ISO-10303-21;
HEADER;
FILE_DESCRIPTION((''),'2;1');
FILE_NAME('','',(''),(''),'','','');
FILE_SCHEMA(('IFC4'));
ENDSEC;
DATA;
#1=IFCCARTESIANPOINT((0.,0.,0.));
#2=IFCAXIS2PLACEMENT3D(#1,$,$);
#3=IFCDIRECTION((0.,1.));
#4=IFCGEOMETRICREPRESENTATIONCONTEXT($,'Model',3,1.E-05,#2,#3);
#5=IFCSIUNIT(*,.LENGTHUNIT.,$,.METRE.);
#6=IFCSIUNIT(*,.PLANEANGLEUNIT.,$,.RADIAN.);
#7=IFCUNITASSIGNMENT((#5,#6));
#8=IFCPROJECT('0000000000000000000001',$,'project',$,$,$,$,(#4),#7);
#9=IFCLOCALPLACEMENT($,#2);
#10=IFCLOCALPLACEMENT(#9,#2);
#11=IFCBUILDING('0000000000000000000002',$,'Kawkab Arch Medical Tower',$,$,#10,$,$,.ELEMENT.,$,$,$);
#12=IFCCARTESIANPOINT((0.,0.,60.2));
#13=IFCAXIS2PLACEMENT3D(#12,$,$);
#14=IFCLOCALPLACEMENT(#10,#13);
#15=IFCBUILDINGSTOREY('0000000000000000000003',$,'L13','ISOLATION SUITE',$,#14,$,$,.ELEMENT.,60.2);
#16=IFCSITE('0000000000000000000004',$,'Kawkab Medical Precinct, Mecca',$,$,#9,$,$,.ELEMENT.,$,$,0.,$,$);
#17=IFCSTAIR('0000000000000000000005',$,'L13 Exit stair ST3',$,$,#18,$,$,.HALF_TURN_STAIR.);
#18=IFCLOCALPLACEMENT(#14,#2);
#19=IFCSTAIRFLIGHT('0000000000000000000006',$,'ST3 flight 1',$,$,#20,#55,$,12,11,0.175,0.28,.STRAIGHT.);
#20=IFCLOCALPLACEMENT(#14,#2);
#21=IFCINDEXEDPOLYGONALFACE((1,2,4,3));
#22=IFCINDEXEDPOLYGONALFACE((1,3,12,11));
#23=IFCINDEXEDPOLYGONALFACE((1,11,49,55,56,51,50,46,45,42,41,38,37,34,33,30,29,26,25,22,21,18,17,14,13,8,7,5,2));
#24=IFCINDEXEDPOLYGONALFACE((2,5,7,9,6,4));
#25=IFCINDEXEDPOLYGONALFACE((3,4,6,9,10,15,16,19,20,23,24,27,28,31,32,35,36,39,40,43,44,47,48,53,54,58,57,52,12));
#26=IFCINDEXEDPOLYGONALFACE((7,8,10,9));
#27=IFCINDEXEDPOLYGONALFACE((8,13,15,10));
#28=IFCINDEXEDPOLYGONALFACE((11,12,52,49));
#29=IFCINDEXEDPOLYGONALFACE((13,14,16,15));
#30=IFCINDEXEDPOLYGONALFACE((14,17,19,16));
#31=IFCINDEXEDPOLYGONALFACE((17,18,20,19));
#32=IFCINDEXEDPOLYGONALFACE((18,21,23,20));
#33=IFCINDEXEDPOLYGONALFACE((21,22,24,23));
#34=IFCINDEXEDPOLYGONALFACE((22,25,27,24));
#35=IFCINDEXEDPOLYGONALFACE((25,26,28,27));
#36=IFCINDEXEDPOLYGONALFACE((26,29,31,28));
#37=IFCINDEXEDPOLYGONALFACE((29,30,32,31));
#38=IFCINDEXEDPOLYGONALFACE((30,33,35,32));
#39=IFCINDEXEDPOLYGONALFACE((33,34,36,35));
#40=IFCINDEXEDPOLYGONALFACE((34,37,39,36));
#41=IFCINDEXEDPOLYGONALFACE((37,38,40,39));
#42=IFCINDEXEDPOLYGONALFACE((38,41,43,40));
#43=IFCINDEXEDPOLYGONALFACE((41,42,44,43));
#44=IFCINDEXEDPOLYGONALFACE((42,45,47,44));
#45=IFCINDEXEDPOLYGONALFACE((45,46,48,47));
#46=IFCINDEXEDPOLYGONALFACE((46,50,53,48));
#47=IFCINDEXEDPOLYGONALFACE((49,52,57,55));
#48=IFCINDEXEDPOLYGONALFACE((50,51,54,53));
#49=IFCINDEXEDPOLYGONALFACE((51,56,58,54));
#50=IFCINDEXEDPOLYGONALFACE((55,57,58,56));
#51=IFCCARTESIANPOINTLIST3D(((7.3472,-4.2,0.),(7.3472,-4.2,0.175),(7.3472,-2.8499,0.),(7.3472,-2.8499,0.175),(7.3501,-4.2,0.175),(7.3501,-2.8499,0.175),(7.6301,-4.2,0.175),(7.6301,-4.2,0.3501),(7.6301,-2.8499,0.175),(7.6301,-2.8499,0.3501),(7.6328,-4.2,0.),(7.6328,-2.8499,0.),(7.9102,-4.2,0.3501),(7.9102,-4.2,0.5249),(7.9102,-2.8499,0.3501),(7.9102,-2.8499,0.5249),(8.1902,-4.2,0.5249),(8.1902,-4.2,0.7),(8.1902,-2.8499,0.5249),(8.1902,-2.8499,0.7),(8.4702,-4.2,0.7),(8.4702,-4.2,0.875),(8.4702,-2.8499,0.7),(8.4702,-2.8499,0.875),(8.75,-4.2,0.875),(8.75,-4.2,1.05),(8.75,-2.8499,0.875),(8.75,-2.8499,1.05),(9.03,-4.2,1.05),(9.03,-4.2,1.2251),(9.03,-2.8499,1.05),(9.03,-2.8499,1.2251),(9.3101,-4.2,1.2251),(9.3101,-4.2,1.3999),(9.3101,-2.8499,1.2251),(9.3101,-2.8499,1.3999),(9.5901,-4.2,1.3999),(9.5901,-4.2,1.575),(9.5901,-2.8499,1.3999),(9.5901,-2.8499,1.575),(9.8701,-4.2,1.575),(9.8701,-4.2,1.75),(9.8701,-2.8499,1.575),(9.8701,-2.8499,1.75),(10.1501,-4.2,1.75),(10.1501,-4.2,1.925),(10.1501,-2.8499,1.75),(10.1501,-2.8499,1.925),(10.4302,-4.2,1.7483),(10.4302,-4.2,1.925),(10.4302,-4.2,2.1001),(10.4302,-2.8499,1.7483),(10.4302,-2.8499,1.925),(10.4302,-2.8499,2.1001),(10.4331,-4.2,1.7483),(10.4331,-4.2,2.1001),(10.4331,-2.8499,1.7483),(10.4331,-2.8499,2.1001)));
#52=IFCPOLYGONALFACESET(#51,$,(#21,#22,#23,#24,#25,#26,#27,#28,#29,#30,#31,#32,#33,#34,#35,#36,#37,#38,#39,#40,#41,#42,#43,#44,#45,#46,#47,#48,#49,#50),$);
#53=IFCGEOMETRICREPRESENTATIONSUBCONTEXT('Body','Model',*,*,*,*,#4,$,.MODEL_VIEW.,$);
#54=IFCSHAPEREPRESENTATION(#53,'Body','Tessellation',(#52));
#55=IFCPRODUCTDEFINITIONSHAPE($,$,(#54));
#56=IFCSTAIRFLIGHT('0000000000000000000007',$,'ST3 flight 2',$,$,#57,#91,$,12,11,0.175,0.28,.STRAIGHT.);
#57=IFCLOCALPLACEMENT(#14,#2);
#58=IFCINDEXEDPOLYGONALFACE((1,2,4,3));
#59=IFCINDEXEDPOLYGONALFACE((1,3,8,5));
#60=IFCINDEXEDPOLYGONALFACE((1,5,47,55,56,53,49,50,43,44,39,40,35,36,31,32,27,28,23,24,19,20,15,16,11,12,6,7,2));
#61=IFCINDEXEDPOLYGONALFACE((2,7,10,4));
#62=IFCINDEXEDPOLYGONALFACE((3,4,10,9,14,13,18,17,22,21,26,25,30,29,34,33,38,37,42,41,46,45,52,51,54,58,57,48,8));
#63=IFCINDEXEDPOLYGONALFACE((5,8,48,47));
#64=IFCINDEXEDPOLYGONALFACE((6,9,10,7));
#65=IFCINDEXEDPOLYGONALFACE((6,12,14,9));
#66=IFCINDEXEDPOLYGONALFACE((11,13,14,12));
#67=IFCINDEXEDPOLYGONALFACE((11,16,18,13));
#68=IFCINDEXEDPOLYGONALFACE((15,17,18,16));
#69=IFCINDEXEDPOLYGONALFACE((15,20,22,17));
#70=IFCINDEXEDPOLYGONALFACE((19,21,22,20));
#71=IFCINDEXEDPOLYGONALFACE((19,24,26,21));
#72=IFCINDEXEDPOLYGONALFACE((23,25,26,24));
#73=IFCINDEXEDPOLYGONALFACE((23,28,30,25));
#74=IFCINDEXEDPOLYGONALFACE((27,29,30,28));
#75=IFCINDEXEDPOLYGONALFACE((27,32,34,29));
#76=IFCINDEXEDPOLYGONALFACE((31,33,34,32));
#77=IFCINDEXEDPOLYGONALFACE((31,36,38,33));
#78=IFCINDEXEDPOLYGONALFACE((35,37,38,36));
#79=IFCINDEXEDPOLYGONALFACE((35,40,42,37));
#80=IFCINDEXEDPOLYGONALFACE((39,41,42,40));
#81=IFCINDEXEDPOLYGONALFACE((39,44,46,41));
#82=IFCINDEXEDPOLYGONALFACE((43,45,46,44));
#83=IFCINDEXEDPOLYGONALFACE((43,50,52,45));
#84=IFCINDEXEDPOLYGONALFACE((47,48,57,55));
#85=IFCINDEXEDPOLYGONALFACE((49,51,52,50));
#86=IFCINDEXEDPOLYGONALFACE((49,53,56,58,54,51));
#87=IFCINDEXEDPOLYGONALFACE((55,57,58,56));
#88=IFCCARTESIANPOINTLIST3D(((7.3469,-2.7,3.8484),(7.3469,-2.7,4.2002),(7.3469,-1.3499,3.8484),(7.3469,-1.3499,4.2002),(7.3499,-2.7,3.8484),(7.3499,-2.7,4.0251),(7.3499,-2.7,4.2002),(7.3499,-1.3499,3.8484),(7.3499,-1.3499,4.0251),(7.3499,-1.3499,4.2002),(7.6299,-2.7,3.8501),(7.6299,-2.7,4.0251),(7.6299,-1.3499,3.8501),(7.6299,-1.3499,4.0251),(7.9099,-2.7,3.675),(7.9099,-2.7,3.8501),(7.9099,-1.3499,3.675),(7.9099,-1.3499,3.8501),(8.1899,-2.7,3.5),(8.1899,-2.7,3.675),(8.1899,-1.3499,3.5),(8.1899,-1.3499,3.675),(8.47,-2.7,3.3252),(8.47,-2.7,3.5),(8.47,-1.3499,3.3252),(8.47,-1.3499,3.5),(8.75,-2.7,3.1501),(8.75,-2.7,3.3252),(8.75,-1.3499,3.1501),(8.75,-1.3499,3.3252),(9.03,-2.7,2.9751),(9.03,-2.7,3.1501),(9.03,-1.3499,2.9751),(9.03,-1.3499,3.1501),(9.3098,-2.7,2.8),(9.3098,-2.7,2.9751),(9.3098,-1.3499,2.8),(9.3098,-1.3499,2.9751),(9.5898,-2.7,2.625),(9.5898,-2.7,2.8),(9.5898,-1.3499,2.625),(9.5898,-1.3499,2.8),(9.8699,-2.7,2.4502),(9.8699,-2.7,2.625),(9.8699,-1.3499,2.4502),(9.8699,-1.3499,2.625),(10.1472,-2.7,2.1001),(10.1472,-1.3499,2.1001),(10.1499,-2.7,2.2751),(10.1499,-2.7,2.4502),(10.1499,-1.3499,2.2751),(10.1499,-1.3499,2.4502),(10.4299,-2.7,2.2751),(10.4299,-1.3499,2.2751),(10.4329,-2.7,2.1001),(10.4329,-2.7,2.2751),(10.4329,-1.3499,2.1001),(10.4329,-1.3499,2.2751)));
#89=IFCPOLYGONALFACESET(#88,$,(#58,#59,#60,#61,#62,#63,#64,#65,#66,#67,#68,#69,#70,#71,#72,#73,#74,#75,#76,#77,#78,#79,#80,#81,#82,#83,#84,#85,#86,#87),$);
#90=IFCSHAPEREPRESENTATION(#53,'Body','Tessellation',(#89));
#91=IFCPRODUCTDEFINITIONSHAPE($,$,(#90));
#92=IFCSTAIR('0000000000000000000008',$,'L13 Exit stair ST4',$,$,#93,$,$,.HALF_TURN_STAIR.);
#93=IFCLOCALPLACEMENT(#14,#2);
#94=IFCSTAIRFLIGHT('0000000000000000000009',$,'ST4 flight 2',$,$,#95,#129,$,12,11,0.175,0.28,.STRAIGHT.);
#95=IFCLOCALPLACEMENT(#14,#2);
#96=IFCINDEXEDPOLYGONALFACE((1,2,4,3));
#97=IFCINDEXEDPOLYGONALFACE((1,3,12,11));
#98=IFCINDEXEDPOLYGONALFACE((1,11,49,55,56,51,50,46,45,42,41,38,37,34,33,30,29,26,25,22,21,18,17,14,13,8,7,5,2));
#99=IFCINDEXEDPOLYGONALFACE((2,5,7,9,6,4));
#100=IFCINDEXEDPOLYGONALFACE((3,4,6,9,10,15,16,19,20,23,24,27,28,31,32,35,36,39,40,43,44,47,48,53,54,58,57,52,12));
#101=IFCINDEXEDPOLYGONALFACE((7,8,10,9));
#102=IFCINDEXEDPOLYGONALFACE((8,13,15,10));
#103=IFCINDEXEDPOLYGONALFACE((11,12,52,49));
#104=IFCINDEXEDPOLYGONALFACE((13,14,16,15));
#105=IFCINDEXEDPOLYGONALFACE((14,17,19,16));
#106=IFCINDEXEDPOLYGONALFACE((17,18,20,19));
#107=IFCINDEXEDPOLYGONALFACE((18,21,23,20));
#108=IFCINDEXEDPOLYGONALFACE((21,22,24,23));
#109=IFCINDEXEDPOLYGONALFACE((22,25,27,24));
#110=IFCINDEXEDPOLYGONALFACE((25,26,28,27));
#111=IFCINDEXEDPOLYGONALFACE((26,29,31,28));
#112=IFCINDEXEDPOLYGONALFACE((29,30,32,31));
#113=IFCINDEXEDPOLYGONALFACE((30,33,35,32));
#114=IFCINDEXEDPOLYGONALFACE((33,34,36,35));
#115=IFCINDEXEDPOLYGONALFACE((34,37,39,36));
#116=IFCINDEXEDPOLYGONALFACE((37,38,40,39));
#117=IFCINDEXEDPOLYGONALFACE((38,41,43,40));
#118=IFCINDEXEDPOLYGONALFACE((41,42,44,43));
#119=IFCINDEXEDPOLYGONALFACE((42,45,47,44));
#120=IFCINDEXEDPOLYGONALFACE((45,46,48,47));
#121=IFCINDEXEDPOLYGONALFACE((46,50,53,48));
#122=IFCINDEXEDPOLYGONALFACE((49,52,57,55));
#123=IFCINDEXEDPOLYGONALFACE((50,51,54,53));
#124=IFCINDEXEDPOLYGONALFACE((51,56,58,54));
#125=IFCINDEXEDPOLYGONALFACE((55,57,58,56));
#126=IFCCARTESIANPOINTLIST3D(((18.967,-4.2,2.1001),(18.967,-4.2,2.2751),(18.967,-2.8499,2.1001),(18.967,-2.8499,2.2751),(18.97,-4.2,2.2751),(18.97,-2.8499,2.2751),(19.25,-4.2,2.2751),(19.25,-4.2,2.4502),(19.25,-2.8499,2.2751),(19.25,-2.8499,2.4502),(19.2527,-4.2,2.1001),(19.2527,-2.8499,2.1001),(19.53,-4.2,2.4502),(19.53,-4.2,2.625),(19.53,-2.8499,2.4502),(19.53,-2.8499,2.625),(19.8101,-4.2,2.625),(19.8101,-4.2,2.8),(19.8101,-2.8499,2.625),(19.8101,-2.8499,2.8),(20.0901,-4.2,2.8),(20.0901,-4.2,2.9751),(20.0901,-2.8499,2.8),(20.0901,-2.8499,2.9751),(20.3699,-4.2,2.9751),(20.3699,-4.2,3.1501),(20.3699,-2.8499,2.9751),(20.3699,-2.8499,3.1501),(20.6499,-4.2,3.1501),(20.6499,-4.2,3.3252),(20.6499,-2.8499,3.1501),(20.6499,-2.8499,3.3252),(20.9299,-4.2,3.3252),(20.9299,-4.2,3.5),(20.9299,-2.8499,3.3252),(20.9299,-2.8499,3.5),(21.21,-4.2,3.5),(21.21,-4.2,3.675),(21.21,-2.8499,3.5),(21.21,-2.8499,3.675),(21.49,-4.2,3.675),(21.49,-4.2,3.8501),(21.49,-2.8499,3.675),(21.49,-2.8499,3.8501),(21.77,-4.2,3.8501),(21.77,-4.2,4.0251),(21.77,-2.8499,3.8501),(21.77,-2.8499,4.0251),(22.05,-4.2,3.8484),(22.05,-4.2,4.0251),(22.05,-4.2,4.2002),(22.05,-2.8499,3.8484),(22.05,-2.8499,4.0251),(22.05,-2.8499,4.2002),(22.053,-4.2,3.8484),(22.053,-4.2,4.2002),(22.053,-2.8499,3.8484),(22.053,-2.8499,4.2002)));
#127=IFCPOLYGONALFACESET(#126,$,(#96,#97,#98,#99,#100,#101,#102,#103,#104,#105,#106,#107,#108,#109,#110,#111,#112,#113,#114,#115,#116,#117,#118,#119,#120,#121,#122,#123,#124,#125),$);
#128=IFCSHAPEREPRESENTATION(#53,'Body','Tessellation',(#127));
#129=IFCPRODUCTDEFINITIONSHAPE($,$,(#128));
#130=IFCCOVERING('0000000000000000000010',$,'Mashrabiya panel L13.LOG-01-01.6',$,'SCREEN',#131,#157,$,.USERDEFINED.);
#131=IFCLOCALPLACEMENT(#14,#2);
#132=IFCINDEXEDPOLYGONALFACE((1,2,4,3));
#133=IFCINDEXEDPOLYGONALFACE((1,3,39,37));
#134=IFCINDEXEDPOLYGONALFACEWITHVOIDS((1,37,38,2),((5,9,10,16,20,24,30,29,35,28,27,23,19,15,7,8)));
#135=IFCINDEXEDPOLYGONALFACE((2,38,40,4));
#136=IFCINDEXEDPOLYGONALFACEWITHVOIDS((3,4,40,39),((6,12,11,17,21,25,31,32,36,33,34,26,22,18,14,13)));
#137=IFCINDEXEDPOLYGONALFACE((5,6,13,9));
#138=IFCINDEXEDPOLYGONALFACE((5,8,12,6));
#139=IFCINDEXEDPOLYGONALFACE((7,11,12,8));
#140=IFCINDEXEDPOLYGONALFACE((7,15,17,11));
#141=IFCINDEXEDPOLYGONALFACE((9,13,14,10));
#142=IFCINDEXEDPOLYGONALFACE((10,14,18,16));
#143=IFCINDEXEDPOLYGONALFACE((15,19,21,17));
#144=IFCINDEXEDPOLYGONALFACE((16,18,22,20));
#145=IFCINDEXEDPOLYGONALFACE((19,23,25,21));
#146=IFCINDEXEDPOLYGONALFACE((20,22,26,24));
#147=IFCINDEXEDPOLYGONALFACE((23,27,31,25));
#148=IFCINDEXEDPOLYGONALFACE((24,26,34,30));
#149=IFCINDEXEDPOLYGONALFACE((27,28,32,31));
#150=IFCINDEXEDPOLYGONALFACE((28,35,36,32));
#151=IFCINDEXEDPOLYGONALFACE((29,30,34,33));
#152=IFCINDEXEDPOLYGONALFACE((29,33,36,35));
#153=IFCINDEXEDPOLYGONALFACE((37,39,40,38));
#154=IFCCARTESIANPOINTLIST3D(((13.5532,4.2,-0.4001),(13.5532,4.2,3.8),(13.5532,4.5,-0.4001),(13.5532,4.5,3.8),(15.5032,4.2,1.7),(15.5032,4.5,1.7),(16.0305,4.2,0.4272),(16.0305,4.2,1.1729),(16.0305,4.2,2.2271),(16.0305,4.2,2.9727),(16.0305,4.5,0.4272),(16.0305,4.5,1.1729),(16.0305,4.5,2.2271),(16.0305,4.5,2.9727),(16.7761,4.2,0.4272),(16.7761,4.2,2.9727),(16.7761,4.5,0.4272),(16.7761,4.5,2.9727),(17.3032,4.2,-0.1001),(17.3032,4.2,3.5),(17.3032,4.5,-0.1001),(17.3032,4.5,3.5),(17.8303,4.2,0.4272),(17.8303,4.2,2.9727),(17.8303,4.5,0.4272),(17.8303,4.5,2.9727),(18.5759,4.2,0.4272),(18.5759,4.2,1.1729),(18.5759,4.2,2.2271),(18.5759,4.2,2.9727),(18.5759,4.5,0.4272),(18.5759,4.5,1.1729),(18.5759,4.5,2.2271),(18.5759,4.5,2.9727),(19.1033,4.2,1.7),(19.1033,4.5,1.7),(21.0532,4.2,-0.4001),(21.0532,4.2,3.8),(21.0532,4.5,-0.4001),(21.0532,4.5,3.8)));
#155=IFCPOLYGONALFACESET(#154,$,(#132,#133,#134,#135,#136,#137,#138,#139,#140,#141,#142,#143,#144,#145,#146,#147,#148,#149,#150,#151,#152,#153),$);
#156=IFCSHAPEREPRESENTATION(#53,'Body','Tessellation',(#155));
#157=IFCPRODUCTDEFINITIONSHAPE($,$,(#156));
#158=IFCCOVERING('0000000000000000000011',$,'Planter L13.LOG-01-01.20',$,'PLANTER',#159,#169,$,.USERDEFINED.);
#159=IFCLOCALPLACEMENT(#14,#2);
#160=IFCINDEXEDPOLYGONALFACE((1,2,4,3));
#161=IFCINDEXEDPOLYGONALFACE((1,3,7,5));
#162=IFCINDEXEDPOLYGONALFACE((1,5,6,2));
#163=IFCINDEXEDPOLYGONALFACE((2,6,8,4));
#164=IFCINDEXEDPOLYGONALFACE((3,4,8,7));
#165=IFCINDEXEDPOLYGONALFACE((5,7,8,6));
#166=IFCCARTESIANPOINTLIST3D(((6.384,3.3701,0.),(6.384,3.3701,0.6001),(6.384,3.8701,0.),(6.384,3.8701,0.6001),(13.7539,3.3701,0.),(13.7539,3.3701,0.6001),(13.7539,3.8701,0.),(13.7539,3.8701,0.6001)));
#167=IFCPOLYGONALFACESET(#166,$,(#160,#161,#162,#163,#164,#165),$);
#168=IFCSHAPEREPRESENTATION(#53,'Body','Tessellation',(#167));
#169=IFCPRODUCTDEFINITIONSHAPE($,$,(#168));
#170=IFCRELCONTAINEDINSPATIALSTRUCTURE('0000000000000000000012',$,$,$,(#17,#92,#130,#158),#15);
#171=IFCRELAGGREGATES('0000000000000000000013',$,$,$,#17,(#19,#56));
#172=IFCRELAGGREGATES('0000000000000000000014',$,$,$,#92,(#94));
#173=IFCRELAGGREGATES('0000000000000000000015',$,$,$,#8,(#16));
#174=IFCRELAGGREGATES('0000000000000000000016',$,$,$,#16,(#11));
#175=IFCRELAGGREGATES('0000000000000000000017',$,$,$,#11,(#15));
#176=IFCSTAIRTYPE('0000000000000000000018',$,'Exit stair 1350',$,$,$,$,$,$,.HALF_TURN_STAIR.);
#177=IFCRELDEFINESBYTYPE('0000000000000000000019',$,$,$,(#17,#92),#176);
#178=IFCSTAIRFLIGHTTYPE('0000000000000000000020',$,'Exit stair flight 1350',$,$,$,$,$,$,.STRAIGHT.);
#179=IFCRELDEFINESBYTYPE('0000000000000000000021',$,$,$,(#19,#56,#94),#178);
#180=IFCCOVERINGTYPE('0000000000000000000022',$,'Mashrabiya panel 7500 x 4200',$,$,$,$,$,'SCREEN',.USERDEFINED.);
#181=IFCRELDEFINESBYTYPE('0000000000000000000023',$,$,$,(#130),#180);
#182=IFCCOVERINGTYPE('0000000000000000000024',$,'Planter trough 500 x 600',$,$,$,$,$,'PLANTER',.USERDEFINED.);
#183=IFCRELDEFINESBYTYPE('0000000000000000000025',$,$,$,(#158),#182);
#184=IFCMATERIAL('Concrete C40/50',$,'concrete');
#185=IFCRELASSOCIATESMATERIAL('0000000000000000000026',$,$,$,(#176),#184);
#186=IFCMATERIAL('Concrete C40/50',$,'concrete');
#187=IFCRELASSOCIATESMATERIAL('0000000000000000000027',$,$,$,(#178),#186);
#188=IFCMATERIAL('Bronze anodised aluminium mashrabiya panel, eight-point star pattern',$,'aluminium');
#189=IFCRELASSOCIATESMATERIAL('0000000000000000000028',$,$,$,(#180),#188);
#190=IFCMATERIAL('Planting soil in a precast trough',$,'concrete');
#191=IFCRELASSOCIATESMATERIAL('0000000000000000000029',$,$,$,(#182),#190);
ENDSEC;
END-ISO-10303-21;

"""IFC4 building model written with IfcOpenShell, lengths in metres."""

from ifc_helpers import new_model, si_unit, direction, frame, origin, origin_2d, place, context, subcontext, project, spatial, polyline, rectangle, outline, extrude, material, material_profile, profile_set, type_object, element, aggregate, save


model = new_model("IFC4")

# Units and contexts
model_context = context("Model", 3, precision=1e-05, world=origin(), true_north=direction((0.0, 1.0)))
body_context = subcontext(model_context, "Body", "Model", "MODEL_VIEW")
ifc_project = project(units=[si_unit("LENGTHUNIT", "METRE"), si_unit("PLANEANGLEUNIT", "RADIAN")], contexts=[model_context])

# Site, building, storey
site_placement = place(None, origin())
site = spatial("IfcSite", under=ifc_project, at=site_placement, Name="Kawkab Medical Precinct, Mecca", CompositionType="ELEMENT", RefElevation=0.0)
building_placement = place(site_placement, origin())
building = spatial("IfcBuilding", under=site, at=building_placement, Name="Kawkab Arch Medical Tower", CompositionType="ELEMENT")
storey_placement = place(building_placement, frame((0.0, 0.0, 60.2)))
storey = spatial("IfcBuildingStorey", under=building, at=storey_placement, Name="L13", Description="ISOLATION SUITE", CompositionType="ELEMENT", Elevation=60.2)

# Shared definitions
placement = place(storey_placement, origin())

# Stair, stair flights
ifc_material_1 = material(Name="Concrete C40/50", Category="concrete")
stair_type = type_object("IfcStairType", Name="Exit stair 1350", PredefinedType="HALF_TURN_STAIR", material=ifc_material_1)
stair_1 = element("IfcStair", 1, at=placement, inside=storey, type_object=stair_type, Name="L13 Exit stair ST3", PredefinedType="HALF_TURN_STAIR")
ifc_material_2 = material(Name="Concrete C40/50", Category="concrete")
stair_flight_type = type_object("IfcStairFlightType", Name="Exit stair flight 1350", PredefinedType="STRAIGHT", material=ifc_material_2)
stair_flight_1_placement = place(storey_placement, frame((7.3501, -3.5249, 0.0), z_axis=(0.0, 0.0, 1.0), x_axis=(1.0, 0.0, 0.0)))
stair_flight_1 = element("IfcStairFlight", 2, at=stair_flight_1_placement, type_object=stair_flight_type, Name="ST3 flight 1", NumberOfRisers=12, NumberOfTreads=11, PredefinedType="STRAIGHT", RiserHeight=0.175, TreadLength=0.28, context=body_context, shape_type="SweptSolid", body=[
    extrude(outline(polyline([(-0.0029, 0.0), (-0.0029, 0.175), (0.0, 0.175), (0.28, 0.175), (0.28, 0.3501), (0.5601, 0.3501), (0.5601, 0.5249), (0.8401, 0.5249), (0.8401, 0.7), (1.1201, 0.7), (1.1201, 0.875), (1.3999, 0.875), (1.3999, 1.05), (1.6799, 1.05), (1.6799, 1.2251), (1.96, 1.2251), (1.96, 1.3999), (2.24, 1.3999), (2.24, 1.575), (2.52, 1.575), (2.52, 1.75), (2.8, 1.75), (2.8, 1.925), (3.0801, 1.925), (3.0801, 2.1001), (3.083, 2.1001), (3.083, 1.7483), (3.0801, 1.7483), (0.2827, 0.0), (-0.0029, 0.0)])), frame((0.0, 0.675, 0.0), z_axis=(0.0, -1.0, 0.0), x_axis=(1.0, 0.0, 0.0)), (0.0, 0.0, 1.0), 1.3501),
])
stair_flight_2_placement = place(storey_placement, frame((10.4299, -2.0249, 2.1001), z_axis=(0.0, 0.0, 1.0), x_axis=(-1.0, 0.0, 0.0)))
stair_flight_2 = element("IfcStairFlight", 3, at=stair_flight_2_placement, type_object=stair_flight_type, Name="ST3 flight 2", NumberOfRisers=12, NumberOfTreads=11, PredefinedType="STRAIGHT", RiserHeight=0.175, TreadLength=0.28, context=body_context, shape_type="SweptSolid", body=[
    extrude(outline(polyline([(-0.0029, 0.0), (-0.0029, 0.175), (0.0, 0.175), (0.28, 0.175), (0.28, 0.3501), (0.5601, 0.3501), (0.5601, 0.5249), (0.8401, 0.5249), (0.8401, 0.7), (1.1201, 0.7), (1.1201, 0.875), (1.3999, 0.875), (1.3999, 1.05), (1.6799, 1.05), (1.6799, 1.2251), (1.96, 1.2251), (1.96, 1.3999), (2.24, 1.3999), (2.24, 1.575), (2.52, 1.575), (2.52, 1.75), (2.8, 1.75), (2.8, 1.925), (3.0801, 1.925), (3.0801, 2.1001), (3.083, 2.1001), (3.083, 1.7483), (3.0801, 1.7483), (0.2827, 0.0), (-0.0029, 0.0)])), frame((0.0, 0.675, 0.0), z_axis=(0.0, -1.0, 0.0), x_axis=(1.0, 0.0, 0.0)), (0.0, 0.0, 1.0), 1.3501),
])
aggregate(stair_1, [stair_flight_1, stair_flight_2])

# Stair, stair flight
stair_2 = element("IfcStair", 4, at=placement, inside=storey, type_object=stair_type, Name="L13 Exit stair ST4", PredefinedType="HALF_TURN_STAIR")
stair_flight_3_placement = place(storey_placement, frame((18.97, -3.5249, 2.1001), z_axis=(0.0, 0.0, 1.0), x_axis=(1.0, 0.0, 0.0)))
stair_flight_3 = element("IfcStairFlight", 5, at=stair_flight_3_placement, type_object=stair_flight_type, Name="ST4 flight 2", NumberOfRisers=12, NumberOfTreads=11, PredefinedType="STRAIGHT", RiserHeight=0.175, TreadLength=0.28, context=body_context, shape_type="SweptSolid", body=[
    extrude(outline(polyline([(-0.0029, 0.0), (-0.0029, 0.175), (0.0, 0.175), (0.28, 0.175), (0.28, 0.3501), (0.5601, 0.3501), (0.5601, 0.5249), (0.8401, 0.5249), (0.8401, 0.7), (1.1201, 0.7), (1.1201, 0.875), (1.3999, 0.875), (1.3999, 1.05), (1.6799, 1.05), (1.6799, 1.2251), (1.96, 1.2251), (1.96, 1.3999), (2.24, 1.3999), (2.24, 1.575), (2.52, 1.575), (2.52, 1.75), (2.8, 1.75), (2.8, 1.925), (3.0801, 1.925), (3.0801, 2.1001), (3.083, 2.1001), (3.083, 1.7483), (3.0801, 1.7483), (0.2827, 0.0), (-0.0029, 0.0)])), frame((0.0, 0.675, 0.0), z_axis=(0.0, -1.0, 0.0), x_axis=(1.0, 0.0, 0.0)), (0.0, 0.0, 1.0), 1.3501),
])
aggregate(stair_2, [stair_flight_3])

# Coverings
ifc_material_3 = material(Name="Bronze anodised aluminium mashrabiya panel, eight-point star pattern", Category="aluminium")
ifc_material_profile_1 = material_profile(ifc_material_3, outline(polyline([(-3.75, -2.1001), (3.75, -2.1001), (3.75, 2.1001), (-3.75, 2.1001), (-3.75, -2.1001)]), holes=[polyline([(1.8, 0.0), (1.2727, 0.5271), (1.2727, 1.2727), (0.5271, 1.2727), (0.0, 1.8), (-0.5271, 1.2727), (-1.2727, 1.2727), (-1.2727, 0.5271), (-1.8, 0.0), (-1.2727, -0.5271), (-1.2727, -1.2727), (-0.5271, -1.2727), (0.0, -1.8), (0.5271, -1.2727), (1.2727, -1.2727), (1.2727, -0.5271), (1.8, 0.0)])]), Name="Mashrabiya panel 7500x4200")
ifc_profile_set_1 = profile_set([ifc_material_profile_1], Name="Bronze anodised aluminium mashrabiya panel, eight-point star pattern")
covering_type_1 = type_object("IfcCoveringType", Name="Mashrabiya panel 7500 x 4200", ElementType="SCREEN", PredefinedType="USERDEFINED", material=ifc_profile_set_1)
covering_1_placement = place(storey_placement, frame((17.3032, 4.2, 1.7), z_axis=(0.0, 1.0, 0.0), x_axis=(-1.0, 0.0, 0.0)))
element("IfcCovering", 6, at=covering_1_placement, inside=storey, type_object=covering_type_1, Name="Mashrabiya panel L13.LOG-01-01.6", ObjectType="SCREEN", PredefinedType="USERDEFINED", context=body_context, shape_type="SweptSolid", body=[
    extrude(outline(polyline([(-3.75, -2.1001), (3.75, -2.1001), (3.75, 2.1001), (-3.75, 2.1001), (-3.75, -2.1001)]), holes=[polyline([(1.8, 0.0), (1.2727, 0.5271), (1.2727, 1.2727), (0.5271, 1.2727), (0.0, 1.8), (-0.5271, 1.2727), (-1.2727, 1.2727), (-1.2727, 0.5271), (-1.8, 0.0), (-1.2727, -0.5271), (-1.2727, -1.2727), (-0.5271, -1.2727), (0.0, -1.8), (0.5271, -1.2727), (1.2727, -1.2727), (1.2727, -0.5271), (1.8, 0.0)])]), origin(), (0.0, 0.0, 1.0), 0.3),
])
ifc_material_4 = material(Name="Planting soil in a precast trough", Category="concrete")
ifc_material_profile_2 = material_profile(ifc_material_4, rectangle(XDim=0.5, YDim=0.6001, at=origin_2d()), Name="Trough 500x600")
ifc_profile_set_2 = profile_set([ifc_material_profile_2], Name="Planting soil in a precast trough")
covering_type_2 = type_object("IfcCoveringType", Name="Planter trough 500 x 600", ElementType="PLANTER", PredefinedType="USERDEFINED", material=ifc_profile_set_2)
covering_2_placement = place(storey_placement, frame((6.384, 3.6201, 0.3), z_axis=(1.0, 0.0, 0.0), x_axis=(0.0, 1.0, 0.0)))
element("IfcCovering", 7, at=covering_2_placement, inside=storey, type_object=covering_type_2, Name="Planter L13.LOG-01-01.20", ObjectType="PLANTER", PredefinedType="USERDEFINED", context=body_context, shape_type="SweptSolid", body=[
    extrude(rectangle(XDim=0.5, YDim=0.6001, at=origin_2d()), origin(), (0.0, 0.0, 1.0), 7.3699),
])

save(model, "model.ifc")
